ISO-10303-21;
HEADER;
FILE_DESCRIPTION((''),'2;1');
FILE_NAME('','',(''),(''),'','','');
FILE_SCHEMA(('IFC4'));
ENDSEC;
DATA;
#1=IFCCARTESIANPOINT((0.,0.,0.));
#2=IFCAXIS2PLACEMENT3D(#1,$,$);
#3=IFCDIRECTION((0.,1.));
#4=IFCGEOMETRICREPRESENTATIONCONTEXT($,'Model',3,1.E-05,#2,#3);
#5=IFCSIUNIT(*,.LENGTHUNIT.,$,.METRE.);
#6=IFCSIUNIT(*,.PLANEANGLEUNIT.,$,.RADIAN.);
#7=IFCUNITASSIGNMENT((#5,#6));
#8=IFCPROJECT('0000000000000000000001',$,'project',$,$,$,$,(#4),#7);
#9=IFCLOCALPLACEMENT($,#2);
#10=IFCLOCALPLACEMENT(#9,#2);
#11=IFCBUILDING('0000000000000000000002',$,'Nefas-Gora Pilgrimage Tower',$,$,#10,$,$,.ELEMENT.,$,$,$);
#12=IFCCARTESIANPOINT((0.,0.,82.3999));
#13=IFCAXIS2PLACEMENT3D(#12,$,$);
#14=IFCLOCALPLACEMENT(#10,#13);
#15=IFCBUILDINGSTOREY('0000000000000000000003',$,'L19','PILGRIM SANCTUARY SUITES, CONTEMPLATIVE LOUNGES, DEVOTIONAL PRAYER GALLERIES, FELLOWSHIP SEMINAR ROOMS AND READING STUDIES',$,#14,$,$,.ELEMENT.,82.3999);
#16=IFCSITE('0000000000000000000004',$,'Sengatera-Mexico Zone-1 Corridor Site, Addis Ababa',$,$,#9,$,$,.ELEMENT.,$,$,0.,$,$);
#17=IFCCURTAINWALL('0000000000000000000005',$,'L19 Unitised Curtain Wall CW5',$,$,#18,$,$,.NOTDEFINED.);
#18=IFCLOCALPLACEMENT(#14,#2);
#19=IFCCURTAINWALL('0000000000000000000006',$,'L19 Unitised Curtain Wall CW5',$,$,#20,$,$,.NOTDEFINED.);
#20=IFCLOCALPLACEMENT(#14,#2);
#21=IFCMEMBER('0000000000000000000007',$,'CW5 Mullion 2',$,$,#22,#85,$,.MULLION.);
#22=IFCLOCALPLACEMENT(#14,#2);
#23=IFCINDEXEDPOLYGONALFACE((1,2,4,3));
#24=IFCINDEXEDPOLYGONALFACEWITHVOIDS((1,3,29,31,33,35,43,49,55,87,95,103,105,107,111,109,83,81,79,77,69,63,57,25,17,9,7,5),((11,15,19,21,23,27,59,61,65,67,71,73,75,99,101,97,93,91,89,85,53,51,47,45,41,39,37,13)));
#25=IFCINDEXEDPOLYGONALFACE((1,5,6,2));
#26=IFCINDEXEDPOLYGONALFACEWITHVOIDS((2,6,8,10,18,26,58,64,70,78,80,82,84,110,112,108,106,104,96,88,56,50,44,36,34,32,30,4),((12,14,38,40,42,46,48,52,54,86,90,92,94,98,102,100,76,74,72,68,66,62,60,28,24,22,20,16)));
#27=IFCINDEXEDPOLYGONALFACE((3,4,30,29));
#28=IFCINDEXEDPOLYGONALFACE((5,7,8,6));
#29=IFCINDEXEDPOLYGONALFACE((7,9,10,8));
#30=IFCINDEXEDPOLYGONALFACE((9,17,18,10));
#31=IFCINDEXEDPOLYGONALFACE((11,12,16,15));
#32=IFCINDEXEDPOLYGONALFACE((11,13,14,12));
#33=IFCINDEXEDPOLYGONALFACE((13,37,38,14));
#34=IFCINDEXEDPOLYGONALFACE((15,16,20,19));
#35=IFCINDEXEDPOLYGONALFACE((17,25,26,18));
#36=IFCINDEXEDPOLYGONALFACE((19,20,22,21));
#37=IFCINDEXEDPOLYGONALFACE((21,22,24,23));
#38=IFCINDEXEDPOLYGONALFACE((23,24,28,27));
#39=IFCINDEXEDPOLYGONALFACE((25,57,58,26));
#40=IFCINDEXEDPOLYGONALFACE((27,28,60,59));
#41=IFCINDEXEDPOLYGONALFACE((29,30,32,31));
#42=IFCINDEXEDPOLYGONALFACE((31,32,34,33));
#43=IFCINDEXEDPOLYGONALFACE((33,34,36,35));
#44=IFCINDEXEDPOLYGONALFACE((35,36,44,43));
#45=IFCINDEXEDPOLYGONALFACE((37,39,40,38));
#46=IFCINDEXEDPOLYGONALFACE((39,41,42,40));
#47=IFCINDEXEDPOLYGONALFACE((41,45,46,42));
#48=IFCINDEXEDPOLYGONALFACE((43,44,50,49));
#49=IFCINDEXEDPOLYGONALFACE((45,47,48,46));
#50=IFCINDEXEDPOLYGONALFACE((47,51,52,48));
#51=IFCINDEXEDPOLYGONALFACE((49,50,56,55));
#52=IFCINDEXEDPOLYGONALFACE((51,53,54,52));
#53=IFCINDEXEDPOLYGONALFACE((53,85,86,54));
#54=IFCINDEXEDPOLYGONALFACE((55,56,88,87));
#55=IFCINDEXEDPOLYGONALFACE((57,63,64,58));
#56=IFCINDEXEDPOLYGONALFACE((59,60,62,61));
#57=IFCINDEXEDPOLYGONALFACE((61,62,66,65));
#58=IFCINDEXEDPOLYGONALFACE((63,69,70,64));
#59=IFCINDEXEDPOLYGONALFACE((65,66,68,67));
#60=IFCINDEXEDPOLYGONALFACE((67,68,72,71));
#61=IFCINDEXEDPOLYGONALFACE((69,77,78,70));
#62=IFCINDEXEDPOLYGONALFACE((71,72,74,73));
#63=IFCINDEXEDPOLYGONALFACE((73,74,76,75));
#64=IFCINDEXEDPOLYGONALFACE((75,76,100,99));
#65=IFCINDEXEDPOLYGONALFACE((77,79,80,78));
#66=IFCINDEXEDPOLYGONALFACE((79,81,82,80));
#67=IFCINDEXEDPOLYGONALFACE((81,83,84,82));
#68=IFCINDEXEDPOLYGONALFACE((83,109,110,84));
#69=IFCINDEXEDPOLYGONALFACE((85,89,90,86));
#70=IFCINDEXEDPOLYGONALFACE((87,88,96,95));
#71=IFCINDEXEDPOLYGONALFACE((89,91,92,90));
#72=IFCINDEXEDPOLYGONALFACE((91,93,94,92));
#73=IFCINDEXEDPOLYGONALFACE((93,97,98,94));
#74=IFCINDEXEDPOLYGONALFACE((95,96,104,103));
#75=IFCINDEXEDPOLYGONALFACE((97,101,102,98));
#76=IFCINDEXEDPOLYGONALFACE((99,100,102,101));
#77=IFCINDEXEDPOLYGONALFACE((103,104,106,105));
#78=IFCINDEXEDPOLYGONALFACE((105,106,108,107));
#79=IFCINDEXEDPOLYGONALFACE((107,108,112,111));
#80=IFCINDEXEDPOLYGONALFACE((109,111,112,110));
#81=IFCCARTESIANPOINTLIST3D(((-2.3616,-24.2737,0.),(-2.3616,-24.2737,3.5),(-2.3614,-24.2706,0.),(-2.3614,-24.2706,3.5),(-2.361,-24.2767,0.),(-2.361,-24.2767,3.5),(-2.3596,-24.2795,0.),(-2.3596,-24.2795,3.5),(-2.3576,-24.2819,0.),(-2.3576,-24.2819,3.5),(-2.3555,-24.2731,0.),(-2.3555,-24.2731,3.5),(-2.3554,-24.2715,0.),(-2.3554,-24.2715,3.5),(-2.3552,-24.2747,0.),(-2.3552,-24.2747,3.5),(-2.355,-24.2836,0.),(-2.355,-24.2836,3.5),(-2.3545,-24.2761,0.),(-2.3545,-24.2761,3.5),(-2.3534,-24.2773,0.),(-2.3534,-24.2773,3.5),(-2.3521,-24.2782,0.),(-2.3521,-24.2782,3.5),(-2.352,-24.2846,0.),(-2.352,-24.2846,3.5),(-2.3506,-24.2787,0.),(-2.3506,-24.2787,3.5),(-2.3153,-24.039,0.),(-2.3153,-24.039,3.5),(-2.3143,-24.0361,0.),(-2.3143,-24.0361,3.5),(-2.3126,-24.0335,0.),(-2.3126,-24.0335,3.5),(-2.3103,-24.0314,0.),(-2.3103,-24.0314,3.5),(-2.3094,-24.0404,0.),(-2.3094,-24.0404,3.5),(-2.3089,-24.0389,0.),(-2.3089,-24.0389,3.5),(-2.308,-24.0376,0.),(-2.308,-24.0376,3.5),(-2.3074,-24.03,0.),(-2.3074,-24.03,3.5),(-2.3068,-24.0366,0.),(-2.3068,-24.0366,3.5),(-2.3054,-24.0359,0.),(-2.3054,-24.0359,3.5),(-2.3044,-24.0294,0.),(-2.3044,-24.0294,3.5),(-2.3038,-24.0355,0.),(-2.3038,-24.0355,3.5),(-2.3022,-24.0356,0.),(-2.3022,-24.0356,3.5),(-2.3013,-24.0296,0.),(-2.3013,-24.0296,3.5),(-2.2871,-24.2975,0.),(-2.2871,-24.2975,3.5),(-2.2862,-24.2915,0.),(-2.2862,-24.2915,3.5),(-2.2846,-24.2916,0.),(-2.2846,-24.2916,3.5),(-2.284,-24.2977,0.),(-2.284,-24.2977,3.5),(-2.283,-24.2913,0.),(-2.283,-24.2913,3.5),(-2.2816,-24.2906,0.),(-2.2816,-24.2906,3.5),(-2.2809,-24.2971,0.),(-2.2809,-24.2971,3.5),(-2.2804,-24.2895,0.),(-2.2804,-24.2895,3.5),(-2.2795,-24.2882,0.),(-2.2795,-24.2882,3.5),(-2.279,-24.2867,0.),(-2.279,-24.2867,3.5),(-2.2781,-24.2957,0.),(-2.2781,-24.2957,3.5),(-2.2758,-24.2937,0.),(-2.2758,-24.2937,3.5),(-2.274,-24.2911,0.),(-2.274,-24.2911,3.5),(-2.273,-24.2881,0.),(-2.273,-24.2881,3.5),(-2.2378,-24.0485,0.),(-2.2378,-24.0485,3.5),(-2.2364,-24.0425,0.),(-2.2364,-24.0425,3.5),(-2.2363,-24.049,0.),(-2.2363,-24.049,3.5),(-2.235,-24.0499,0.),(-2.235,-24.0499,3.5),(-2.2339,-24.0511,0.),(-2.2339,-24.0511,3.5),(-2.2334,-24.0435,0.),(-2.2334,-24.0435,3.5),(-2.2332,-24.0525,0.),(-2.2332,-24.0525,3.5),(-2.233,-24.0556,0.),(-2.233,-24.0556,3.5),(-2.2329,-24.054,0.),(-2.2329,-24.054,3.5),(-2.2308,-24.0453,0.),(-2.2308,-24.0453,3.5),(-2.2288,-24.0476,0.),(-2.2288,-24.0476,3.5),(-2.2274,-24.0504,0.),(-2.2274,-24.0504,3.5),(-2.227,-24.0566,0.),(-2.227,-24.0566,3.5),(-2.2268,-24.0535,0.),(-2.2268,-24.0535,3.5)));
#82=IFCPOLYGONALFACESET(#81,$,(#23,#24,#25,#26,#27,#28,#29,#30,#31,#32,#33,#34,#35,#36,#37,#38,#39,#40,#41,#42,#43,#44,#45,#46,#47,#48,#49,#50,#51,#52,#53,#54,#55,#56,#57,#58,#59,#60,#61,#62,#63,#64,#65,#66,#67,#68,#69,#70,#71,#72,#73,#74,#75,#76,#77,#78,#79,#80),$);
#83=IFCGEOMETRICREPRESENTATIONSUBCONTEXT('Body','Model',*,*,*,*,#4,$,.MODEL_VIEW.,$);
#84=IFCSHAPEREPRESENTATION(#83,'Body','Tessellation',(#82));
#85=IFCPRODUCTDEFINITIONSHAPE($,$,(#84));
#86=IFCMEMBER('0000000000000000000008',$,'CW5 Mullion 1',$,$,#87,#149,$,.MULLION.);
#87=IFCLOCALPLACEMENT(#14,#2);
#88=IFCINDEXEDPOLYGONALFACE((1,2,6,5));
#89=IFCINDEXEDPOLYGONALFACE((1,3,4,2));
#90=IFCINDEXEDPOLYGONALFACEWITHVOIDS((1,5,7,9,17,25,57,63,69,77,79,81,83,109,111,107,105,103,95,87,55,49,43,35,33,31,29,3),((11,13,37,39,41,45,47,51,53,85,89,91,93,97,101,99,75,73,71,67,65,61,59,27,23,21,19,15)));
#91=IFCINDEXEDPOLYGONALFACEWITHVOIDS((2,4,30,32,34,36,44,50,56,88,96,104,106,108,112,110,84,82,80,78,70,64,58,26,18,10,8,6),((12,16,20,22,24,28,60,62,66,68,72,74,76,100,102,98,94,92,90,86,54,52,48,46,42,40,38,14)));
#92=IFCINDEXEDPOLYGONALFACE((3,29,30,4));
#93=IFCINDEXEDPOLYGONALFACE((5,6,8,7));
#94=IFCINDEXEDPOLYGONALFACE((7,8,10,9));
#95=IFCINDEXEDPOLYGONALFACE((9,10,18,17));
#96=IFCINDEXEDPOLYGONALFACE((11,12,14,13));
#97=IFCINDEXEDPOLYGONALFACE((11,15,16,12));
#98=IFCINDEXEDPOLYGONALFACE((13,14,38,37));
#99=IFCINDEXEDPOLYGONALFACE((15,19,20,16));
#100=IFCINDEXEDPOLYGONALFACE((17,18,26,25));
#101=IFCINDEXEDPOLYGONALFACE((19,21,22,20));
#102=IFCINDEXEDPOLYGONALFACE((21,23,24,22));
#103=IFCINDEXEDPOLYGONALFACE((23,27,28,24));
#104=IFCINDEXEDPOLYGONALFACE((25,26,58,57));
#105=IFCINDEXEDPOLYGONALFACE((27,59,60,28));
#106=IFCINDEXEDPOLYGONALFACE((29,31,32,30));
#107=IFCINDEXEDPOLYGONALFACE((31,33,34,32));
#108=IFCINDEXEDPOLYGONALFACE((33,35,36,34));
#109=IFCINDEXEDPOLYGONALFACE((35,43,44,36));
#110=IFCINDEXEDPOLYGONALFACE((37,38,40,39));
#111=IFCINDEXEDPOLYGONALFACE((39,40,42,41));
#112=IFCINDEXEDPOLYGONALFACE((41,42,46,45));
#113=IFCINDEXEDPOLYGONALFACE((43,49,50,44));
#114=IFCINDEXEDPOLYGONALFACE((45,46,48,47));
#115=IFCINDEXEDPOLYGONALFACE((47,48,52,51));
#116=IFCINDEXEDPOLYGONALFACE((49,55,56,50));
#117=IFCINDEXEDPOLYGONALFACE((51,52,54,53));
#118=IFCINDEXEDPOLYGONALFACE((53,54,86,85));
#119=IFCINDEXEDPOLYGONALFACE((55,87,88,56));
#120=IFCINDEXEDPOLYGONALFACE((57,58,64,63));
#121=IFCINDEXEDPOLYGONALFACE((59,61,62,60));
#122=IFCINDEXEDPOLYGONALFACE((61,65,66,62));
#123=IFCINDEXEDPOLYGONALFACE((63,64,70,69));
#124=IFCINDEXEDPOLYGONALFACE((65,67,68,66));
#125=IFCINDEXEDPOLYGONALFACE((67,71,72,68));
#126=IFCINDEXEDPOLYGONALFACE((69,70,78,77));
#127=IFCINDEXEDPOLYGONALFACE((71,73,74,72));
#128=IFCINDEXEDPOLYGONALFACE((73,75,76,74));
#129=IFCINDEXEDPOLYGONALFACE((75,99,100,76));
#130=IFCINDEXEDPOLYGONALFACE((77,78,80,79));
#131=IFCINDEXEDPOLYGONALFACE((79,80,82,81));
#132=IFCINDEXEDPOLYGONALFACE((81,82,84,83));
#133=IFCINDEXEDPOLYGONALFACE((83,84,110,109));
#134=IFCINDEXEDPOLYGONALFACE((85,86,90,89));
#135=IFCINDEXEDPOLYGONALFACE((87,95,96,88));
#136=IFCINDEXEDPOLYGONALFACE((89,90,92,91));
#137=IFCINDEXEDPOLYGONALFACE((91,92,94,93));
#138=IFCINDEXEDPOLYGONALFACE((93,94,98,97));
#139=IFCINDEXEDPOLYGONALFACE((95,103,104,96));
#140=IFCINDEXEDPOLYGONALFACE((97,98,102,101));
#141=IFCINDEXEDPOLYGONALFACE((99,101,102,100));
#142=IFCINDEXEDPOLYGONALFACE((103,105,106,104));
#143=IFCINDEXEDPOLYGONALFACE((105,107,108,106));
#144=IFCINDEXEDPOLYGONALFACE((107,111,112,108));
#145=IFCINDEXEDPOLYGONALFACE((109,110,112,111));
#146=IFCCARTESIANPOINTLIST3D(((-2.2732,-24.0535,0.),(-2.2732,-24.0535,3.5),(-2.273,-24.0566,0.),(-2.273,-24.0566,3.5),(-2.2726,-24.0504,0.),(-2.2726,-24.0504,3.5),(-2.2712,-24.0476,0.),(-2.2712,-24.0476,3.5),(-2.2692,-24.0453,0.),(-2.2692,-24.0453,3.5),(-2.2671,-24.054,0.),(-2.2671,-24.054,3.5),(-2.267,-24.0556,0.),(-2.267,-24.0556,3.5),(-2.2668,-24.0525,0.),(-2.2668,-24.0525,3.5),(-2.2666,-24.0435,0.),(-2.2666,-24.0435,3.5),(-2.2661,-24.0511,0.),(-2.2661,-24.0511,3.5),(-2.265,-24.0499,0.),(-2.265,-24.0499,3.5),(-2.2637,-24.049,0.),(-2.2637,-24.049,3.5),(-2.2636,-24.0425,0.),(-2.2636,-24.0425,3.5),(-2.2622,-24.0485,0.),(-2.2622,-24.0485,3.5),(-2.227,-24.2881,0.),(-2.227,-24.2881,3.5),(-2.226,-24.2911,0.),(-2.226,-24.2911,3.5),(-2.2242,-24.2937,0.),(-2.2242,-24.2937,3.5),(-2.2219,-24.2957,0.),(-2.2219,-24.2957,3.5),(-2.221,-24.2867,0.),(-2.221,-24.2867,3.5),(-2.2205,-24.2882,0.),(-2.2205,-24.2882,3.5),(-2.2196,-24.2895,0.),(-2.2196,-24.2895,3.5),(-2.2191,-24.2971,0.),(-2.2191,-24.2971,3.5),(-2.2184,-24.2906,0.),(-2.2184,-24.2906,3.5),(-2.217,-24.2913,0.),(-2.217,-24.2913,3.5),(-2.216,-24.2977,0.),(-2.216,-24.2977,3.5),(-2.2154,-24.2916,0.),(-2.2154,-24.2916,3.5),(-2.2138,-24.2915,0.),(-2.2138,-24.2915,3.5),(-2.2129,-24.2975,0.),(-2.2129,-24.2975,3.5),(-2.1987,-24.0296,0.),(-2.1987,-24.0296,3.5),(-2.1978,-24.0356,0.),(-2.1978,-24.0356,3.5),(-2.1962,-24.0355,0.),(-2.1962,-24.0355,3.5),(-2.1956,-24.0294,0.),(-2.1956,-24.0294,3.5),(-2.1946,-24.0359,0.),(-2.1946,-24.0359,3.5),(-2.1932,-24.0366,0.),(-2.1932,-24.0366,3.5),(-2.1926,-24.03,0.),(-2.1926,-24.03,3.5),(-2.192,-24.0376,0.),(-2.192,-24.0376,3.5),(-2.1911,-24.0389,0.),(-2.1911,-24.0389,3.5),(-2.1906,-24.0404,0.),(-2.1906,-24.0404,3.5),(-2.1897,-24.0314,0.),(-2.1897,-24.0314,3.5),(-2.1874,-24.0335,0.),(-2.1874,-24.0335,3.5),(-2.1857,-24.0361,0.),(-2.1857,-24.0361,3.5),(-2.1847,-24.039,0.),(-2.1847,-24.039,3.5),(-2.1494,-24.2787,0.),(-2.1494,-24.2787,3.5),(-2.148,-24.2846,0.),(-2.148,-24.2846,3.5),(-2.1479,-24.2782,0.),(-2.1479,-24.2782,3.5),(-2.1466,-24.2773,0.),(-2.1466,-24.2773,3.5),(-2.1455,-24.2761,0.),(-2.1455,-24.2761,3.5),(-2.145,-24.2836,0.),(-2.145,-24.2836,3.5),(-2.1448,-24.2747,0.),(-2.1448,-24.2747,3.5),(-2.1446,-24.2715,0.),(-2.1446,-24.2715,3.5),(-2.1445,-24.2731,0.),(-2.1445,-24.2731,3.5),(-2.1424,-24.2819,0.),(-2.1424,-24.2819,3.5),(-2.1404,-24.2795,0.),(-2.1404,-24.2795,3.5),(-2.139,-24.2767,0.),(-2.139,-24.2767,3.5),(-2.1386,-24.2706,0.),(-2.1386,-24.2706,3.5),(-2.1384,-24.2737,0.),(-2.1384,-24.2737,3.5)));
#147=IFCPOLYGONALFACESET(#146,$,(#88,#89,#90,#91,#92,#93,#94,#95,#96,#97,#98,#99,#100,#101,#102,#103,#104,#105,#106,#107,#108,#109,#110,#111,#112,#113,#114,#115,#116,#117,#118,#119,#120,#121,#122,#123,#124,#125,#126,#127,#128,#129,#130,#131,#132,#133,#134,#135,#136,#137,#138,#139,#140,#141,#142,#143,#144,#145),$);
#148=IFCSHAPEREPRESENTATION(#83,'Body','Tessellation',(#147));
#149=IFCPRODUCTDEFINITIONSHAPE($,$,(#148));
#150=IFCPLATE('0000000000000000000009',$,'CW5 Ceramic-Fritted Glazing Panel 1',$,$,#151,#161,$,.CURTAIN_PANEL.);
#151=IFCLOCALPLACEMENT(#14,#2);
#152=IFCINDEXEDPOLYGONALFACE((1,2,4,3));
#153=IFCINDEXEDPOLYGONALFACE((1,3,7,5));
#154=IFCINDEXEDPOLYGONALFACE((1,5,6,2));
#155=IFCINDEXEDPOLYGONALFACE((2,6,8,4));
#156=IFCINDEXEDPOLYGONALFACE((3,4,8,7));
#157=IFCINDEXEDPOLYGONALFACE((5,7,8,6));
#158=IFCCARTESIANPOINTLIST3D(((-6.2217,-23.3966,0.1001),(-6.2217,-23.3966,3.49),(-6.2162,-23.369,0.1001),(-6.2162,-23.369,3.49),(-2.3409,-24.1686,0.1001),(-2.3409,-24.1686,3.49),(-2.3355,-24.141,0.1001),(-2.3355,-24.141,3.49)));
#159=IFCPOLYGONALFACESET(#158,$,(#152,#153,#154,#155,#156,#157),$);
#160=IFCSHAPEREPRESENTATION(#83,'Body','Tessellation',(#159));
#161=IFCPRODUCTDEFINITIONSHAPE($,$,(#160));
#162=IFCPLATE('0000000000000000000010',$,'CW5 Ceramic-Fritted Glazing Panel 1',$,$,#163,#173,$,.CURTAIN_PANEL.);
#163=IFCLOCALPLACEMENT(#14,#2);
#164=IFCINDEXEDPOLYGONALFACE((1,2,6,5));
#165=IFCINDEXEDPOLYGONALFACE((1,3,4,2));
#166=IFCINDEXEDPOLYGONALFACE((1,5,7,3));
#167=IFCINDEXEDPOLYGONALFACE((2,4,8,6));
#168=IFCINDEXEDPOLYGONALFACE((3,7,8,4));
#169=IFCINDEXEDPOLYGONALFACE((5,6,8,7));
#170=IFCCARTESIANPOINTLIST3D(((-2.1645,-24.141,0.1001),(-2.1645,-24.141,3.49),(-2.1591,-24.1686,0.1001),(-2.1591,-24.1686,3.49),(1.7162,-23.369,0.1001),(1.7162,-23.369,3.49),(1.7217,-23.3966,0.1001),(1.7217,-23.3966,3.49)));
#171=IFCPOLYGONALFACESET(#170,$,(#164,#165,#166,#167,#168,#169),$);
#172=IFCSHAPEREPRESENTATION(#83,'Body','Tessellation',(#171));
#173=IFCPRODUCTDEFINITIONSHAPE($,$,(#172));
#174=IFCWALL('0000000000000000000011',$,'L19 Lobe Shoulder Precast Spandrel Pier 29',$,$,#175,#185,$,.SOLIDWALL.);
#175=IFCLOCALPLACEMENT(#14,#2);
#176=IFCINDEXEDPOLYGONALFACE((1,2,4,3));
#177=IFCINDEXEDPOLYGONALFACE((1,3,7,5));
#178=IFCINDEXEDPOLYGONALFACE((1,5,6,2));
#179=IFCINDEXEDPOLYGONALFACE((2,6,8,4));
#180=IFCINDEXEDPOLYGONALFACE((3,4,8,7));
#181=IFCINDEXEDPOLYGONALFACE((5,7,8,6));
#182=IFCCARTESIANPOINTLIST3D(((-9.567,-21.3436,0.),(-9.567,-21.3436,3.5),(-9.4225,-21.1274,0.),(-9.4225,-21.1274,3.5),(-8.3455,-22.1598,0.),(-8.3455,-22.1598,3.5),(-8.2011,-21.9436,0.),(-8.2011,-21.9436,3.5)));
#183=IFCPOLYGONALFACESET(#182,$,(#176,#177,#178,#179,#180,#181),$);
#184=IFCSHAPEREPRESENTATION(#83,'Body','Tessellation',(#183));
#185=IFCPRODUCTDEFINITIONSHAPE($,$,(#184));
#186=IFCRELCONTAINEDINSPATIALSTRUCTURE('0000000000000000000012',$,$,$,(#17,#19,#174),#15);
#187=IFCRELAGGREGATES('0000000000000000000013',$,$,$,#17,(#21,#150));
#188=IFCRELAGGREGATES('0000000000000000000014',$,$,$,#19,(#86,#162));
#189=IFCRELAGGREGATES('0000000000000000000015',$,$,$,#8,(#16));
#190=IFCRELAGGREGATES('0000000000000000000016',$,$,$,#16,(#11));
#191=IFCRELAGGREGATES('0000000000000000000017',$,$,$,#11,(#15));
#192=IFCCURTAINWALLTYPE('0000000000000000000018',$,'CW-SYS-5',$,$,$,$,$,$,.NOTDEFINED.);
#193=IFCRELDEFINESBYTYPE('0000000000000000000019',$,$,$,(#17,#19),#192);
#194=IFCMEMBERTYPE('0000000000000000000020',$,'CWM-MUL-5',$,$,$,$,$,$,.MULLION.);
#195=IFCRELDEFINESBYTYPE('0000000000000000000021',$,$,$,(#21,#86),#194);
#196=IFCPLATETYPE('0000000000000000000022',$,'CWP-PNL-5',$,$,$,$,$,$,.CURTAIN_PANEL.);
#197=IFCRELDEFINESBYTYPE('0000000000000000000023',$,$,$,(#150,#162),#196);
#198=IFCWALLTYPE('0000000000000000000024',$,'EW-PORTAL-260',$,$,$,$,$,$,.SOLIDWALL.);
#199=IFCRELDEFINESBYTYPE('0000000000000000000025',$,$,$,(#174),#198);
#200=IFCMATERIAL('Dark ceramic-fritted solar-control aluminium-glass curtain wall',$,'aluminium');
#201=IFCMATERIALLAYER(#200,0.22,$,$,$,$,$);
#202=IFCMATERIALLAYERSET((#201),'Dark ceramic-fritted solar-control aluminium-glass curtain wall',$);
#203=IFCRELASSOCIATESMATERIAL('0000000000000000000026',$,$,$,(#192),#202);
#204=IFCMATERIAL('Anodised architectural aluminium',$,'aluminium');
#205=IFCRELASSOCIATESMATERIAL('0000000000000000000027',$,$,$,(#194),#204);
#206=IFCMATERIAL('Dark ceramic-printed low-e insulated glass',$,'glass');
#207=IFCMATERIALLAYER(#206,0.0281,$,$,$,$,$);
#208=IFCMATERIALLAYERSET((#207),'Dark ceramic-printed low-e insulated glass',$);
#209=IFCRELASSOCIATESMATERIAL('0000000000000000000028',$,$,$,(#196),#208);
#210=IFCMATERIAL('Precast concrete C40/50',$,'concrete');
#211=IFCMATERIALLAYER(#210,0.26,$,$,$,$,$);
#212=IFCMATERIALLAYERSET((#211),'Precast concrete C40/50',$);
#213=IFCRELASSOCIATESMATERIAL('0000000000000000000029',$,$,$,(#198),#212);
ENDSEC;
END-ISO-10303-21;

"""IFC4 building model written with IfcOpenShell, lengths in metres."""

from ifc_helpers import new_model, si_unit, direction, frame, frame_2d, origin, origin_2d, place, context, subcontext, project, spatial, rectangle, hollow_rectangle, extrude, source, transform, mapped, material, layer, layer_set, material_profile, profile_set, type_object, element, aggregate, save


model = new_model("IFC4")

# Units and contexts
model_context = context("Model", 3, precision=1e-05, world=origin(), true_north=direction((0.0, 1.0)))
body_context = subcontext(model_context, "Body", "Model", "MODEL_VIEW")
ifc_project = project(units=[si_unit("LENGTHUNIT", "METRE"), si_unit("PLANEANGLEUNIT", "RADIAN")], contexts=[model_context])

# Site, building, storey
site_placement = place(None, origin())
site = spatial("IfcSite", under=ifc_project, at=site_placement, Name="Sengatera-Mexico Zone-1 Corridor Site, Addis Ababa", CompositionType="ELEMENT", RefElevation=0.0)
building_placement = place(site_placement, origin())
building = spatial("IfcBuilding", under=site, at=building_placement, Name="Nefas-Gora Pilgrimage Tower", CompositionType="ELEMENT")
storey_placement = place(building_placement, frame((0.0, 0.0, 82.3999)))
storey = spatial("IfcBuildingStorey", under=building, at=storey_placement, Name="L19", Description="PILGRIM SANCTUARY SUITES, CONTEMPLATIVE LOUNGES, DEVOTIONAL PRAYER GALLERIES, FELLOWSHIP SEMINAR ROOMS AND READING STUDIES", CompositionType="ELEMENT", Elevation=82.3999)

# Curtain walls
ifc_material_1 = material(Name="Dark ceramic-fritted solar-control aluminium-glass curtain wall", Category="aluminium")
ifc_layer_1 = layer(ifc_material_1, 0.22)
ifc_layer_set_1 = layer_set([ifc_layer_1], Name="Dark ceramic-fritted solar-control aluminium-glass curtain wall")
curtain_wall_type = type_object("IfcCurtainWallType", Name="CW-SYS-5", PredefinedType="NOTDEFINED", material=ifc_layer_set_1)
curtain_wall_1_placement = place(storey_placement, origin())
curtain_wall_1 = element("IfcCurtainWall", 1, at=curtain_wall_1_placement, inside=storey, type_object=curtain_wall_type, Name="L19 Unitised Curtain Wall CW5", PredefinedType="NOTDEFINED")
ifc_material_2 = material(Name="Anodised architectural aluminium", Category="aluminium")
curtain_wall_2_placement = place(storey_placement, origin())
curtain_wall_2 = element("IfcCurtainWall", 2, at=curtain_wall_2_placement, inside=storey, type_object=curtain_wall_type, Name="L19 Unitised Curtain Wall CW5", PredefinedType="NOTDEFINED")
ifc_material_profile_1 = material_profile(ifc_material_2, hollow_rectangle(XDim=0.0901, YDim=0.26, WallThickness=0.0061, InnerFilletRadius=0.0061, OuterFilletRadius=0.012, at=origin_2d()), Name="ALU MULLION 90x260")
ifc_profile_set_1 = profile_set([ifc_material_profile_1], Name="Anodised architectural aluminium")
member_type_1 = type_object("IfcMemberType", Name="CWM-MUL-5", PredefinedType="MULLION", material=ifc_profile_set_1)
shared_shape_1 = source(origin(), body_context, "Body", "SweptSolid", [
    extrude(hollow_rectangle(XDim=0.0901, YDim=0.26, WallThickness=0.0061, InnerFilletRadius=0.0061, OuterFilletRadius=0.012, at=origin_2d()), origin(), (0.0, 0.0, 1.0), 3.5),
])

# Members
member_1_placement = place(storey_placement, frame((-2.2942, -24.1636, 0.0), z_axis=(0.0, 0.0, 1.0), x_axis=(0.980783, -0.195102, 0.0)))
member_1 = element("IfcMember", 3, at=member_1_placement, type_object=member_type_1, Name="CW5 Mullion 2", PredefinedType="MULLION", context=body_context, shape_type="MappedRepresentation", body=[
    mapped(shared_shape_1, transform((0.0, 0.0, 0.0), x_axis=(1.0, 0.0, 0.0), y_axis=(0.0, 1.0, 0.0), z_axis=(0.0, 0.0, 1.0), scale=1.0)),
])
member_2_placement = place(storey_placement, frame((-2.2058, -24.1636, 0.0), z_axis=(0.0, 0.0, 1.0), x_axis=(0.980783, 0.195102, 0.0)))
member_2 = element("IfcMember", 4, at=member_2_placement, type_object=member_type_1, Name="CW5 Mullion 1", PredefinedType="MULLION", context=body_context, shape_type="MappedRepresentation", body=[
    mapped(shared_shape_1, transform((0.0, 0.0, 0.0), x_axis=(1.0, 0.0, 0.0), y_axis=(0.0, 1.0, 0.0), z_axis=(0.0, 0.0, 1.0), scale=1.0)),
])

# Plates
ifc_material_3 = material(Name="Dark ceramic-printed low-e insulated glass", Category="glass")
ifc_layer_2 = layer(ifc_material_3, 0.0281)
ifc_layer_set_2 = layer_set([ifc_layer_2], Name="Dark ceramic-printed low-e insulated glass")
plate_type = type_object("IfcPlateType", Name="CWP-PNL-5", PredefinedType="CURTAIN_PANEL", material=ifc_layer_set_2)
shared_shape_2 = source(origin(), body_context, "Body", "SweptSolid", [
    extrude(rectangle(XDim=3.9568, YDim=0.0281, at=origin_2d()), origin(), (0.0, 0.0, 1.0), 3.3899),
])
plate_1_placement = place(storey_placement, frame((-4.2786, -23.7688, 0.1001), z_axis=(0.0, 0.0, 1.0), x_axis=(0.980783, -0.195102, 0.0)))
plate_1 = element("IfcPlate", 5, at=plate_1_placement, type_object=plate_type, Name="CW5 Ceramic-Fritted Glazing Panel 1", PredefinedType="CURTAIN_PANEL", context=body_context, shape_type="MappedRepresentation", body=[
    mapped(shared_shape_2, transform((0.0, 0.0, 0.0), x_axis=(1.0, 0.0, 0.0), y_axis=(0.0, 1.0, 0.0), z_axis=(0.0, 0.0, 1.0), scale=1.0)),
])
aggregate(curtain_wall_1, [member_1, plate_1])
plate_2_placement = place(storey_placement, frame((-0.2214, -23.7688, 0.1001), z_axis=(0.0, 0.0, 1.0), x_axis=(0.980783, 0.195102, 0.0)))
plate_2 = element("IfcPlate", 6, at=plate_2_placement, type_object=plate_type, Name="CW5 Ceramic-Fritted Glazing Panel 1", PredefinedType="CURTAIN_PANEL", context=body_context, shape_type="MappedRepresentation", body=[
    mapped(shared_shape_2, transform((0.0, 0.0, 0.0), x_axis=(1.0, 0.0, 0.0), y_axis=(0.0, 1.0, 0.0), z_axis=(0.0, 0.0, 1.0), scale=1.0)),
])
aggregate(curtain_wall_2, [member_2, plate_2])

# Wall
ifc_material_4 = material(Name="Precast concrete C40/50", Category="concrete")
ifc_layer_3 = layer(ifc_material_4, 0.26)
ifc_layer_set_3 = layer_set([ifc_layer_3], Name="Precast concrete C40/50")
wall_type_1 = type_object("IfcWallType", Name="EW-PORTAL-260", PredefinedType="SOLIDWALL", material=ifc_layer_set_3)
shared_shape_3 = source(origin(), body_context, "Body", "SweptSolid", [
    extrude(rectangle(XDim=1.469, YDim=0.26, at=frame_2d((0.7344, 0.0))), origin(), (0.0, 0.0, 1.0), 3.5),
])
wall_1_placement = place(storey_placement, frame((-9.4946, -21.2356, 0.0), z_axis=(0.0, 0.0, 1.0), x_axis=(0.831462, -0.555582, 0.0)))
element("IfcWall", 7, at=wall_1_placement, inside=storey, type_object=wall_type_1, Name="L19 Lobe Shoulder Precast Spandrel Pier 29", PredefinedType="SOLIDWALL", context=body_context, shape_type="MappedRepresentation", body=[
    mapped(shared_shape_3, transform((0.0, 0.0, 0.0), x_axis=(1.0, 0.0, 0.0), y_axis=(0.0, 1.0, 0.0), z_axis=(0.0, 0.0, 1.0), scale=1.0)),
])

save(model, "model.ifc")
